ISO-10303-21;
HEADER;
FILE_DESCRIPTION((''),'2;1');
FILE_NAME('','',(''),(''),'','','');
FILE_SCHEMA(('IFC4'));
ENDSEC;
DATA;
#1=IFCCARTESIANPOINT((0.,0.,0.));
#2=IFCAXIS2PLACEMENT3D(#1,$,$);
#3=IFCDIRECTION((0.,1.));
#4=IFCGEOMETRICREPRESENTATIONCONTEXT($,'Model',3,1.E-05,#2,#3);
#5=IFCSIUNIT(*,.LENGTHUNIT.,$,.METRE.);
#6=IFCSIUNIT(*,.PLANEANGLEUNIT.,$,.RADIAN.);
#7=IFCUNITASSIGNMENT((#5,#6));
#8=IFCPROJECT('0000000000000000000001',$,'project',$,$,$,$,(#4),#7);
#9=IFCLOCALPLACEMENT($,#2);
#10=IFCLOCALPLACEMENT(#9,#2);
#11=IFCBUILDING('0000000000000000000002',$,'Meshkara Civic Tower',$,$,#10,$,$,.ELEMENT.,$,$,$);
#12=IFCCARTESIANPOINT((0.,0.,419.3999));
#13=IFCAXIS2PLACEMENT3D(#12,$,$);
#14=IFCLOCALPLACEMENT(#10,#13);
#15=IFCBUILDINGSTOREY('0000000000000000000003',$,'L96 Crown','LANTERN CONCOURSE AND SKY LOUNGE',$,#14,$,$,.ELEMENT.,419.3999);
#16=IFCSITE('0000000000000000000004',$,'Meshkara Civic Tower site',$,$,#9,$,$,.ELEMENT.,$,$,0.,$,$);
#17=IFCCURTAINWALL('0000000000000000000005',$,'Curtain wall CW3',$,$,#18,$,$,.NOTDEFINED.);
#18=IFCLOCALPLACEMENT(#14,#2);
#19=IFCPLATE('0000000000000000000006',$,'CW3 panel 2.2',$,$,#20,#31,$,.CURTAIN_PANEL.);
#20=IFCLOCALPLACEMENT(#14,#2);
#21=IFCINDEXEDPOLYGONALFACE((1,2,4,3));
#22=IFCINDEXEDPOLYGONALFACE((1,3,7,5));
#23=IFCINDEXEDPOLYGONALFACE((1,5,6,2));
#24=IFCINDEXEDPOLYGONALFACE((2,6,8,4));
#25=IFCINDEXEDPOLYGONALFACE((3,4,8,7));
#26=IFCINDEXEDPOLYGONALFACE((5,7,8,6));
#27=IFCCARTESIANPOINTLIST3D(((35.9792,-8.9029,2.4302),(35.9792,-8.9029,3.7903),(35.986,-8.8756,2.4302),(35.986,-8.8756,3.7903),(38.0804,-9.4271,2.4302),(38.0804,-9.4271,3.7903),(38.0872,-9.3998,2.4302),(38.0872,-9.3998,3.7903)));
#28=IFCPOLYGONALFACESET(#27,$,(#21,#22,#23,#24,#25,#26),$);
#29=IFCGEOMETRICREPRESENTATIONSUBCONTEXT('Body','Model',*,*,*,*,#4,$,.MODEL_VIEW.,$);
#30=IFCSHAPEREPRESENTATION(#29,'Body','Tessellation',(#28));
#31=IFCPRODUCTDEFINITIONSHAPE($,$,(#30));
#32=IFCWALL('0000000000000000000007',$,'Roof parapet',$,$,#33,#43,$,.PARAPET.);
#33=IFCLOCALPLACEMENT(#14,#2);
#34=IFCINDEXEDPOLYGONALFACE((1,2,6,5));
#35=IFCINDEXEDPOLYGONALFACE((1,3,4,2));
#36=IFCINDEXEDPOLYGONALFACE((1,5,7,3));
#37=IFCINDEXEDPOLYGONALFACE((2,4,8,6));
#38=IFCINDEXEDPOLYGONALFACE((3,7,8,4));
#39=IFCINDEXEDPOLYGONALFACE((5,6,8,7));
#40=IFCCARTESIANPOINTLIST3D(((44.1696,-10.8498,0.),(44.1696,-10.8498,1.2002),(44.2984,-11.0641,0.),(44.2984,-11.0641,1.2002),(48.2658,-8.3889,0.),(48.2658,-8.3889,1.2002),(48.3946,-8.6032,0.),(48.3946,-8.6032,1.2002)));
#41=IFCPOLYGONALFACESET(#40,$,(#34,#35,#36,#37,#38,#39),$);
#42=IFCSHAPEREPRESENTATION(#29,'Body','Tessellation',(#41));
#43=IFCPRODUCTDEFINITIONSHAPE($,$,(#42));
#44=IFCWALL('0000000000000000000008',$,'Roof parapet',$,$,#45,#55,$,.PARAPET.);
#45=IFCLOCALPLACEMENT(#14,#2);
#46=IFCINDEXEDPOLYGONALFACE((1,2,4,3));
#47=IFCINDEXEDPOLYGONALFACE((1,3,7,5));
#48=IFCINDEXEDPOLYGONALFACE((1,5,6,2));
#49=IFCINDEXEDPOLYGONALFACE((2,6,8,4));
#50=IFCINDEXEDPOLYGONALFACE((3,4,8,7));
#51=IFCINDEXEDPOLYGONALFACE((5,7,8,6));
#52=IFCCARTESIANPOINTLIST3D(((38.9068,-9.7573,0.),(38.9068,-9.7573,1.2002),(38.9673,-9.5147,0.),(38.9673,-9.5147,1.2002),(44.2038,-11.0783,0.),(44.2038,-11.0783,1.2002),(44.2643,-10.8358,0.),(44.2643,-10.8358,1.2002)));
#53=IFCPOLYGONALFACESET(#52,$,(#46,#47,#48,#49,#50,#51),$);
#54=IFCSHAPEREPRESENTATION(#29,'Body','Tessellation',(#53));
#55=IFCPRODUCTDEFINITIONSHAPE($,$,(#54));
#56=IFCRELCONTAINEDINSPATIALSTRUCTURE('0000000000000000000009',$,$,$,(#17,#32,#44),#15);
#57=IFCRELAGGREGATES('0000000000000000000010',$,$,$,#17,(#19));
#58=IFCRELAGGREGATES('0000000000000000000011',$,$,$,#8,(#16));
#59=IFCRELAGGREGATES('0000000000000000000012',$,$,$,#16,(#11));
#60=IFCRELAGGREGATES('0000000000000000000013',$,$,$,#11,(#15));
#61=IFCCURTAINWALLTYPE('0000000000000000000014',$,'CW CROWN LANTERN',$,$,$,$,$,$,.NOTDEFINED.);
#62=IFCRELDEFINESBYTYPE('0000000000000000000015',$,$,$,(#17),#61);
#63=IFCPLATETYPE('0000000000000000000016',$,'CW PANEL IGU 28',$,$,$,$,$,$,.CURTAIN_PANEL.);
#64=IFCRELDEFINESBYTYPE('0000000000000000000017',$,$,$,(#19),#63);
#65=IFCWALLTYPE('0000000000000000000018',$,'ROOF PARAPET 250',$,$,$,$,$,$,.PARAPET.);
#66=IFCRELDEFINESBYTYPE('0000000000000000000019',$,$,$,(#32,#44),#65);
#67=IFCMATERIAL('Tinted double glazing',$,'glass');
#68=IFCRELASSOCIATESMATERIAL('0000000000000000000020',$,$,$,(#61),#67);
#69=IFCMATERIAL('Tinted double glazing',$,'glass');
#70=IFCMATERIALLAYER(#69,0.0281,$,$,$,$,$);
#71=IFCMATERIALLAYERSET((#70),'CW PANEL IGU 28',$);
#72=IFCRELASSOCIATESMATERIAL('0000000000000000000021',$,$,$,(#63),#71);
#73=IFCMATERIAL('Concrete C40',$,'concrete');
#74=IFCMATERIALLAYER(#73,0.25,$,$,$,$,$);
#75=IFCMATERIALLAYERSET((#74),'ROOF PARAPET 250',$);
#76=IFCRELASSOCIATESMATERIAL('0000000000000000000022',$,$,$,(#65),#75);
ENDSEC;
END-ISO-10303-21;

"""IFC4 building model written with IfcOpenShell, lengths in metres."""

from ifc_helpers import new_model, si_unit, direction, frame, frame_2d, origin, origin_2d, place, context, subcontext, project, spatial, rectangle, extrude, material, layer, layer_set, type_object, element, aggregate, save


model = new_model("IFC4")

# Units and contexts
model_context = context("Model", 3, precision=1e-05, world=origin(), true_north=direction((0.0, 1.0)))
body_context = subcontext(model_context, "Body", "Model", "MODEL_VIEW")
ifc_project = project(units=[si_unit("LENGTHUNIT", "METRE"), si_unit("PLANEANGLEUNIT", "RADIAN")], contexts=[model_context])

# Site, building, storey
site_placement = place(None, origin())
site = spatial("IfcSite", under=ifc_project, at=site_placement, Name="Meshkara Civic Tower site", CompositionType="ELEMENT", RefElevation=0.0)
building_placement = place(site_placement, origin())
building = spatial("IfcBuilding", under=site, at=building_placement, Name="Meshkara Civic Tower", CompositionType="ELEMENT")
storey_placement = place(building_placement, frame((0.0, 0.0, 419.3999)))
storey = spatial("IfcBuildingStorey", under=building, at=storey_placement, Name="L96 Crown", Description="LANTERN CONCOURSE AND SKY LOUNGE", CompositionType="ELEMENT", Elevation=419.3999)

# Curtain wall
ifc_material_1 = material(Name="Tinted double glazing", Category="glass")
curtain_wall_type = type_object("IfcCurtainWallType", Name="CW CROWN LANTERN", PredefinedType="NOTDEFINED", material=ifc_material_1)
curtain_wall_placement = place(storey_placement, origin())
curtain_wall = element("IfcCurtainWall", 1, at=curtain_wall_placement, inside=storey, type_object=curtain_wall_type, Name="Curtain wall CW3", PredefinedType="NOTDEFINED")

# Plate
ifc_material_2 = material(Name="Tinted double glazing", Category="glass")
ifc_layer_1 = layer(ifc_material_2, 0.0281)
ifc_layer_set_1 = layer_set([ifc_layer_1], Name="CW PANEL IGU 28")
plate_type = type_object("IfcPlateType", Name="CW PANEL IGU 28", PredefinedType="CURTAIN_PANEL", material=ifc_layer_set_1)
plate_1_placement = place(storey_placement, frame((37.0332, -9.1514, 2.4302), z_axis=(0.0, 0.0, 1.0), x_axis=(0.97026, -0.242066, 0.0)))
plate_1 = element("IfcPlate", 2, at=plate_1_placement, type_object=plate_type, Name="CW3 panel 2.2", PredefinedType="CURTAIN_PANEL", context=body_context, shape_type="SweptSolid", body=[
    extrude(rectangle(XDim=2.1655, YDim=0.0281, at=origin_2d()), origin(), (0.0, 0.0, 1.0), 1.3601),
])
aggregate(curtain_wall, [plate_1])

# Walls
ifc_material_3 = material(Name="Concrete C40", Category="concrete")
ifc_layer_2 = layer(ifc_material_3, 0.25)
ifc_layer_set_2 = layer_set([ifc_layer_2], Name="ROOF PARAPET 250")
wall_type_1 = type_object("IfcWallType", Name="ROOF PARAPET 250", PredefinedType="PARAPET", material=ifc_layer_set_2)
wall_1_placement = place(storey_placement, frame((48.3301, -8.4961, 0.0), z_axis=(0.0, 0.0, 1.0), x_axis=(-0.857195, -0.514992, 0.0)))
element("IfcWall", 3, at=wall_1_placement, inside=storey, type_object=wall_type_1, Name="Roof parapet", PredefinedType="PARAPET", context=body_context, shape_type="SweptSolid", body=[
    extrude(rectangle(XDim=4.7786, YDim=0.25, at=frame_2d((2.3892, 0.0))), origin(), (0.0, 0.0, 1.0), 1.2002),
])
wall_2_placement = place(storey_placement, frame((44.2339, -10.957, 0.0), z_axis=(0.0, 0.0, 1.0), x_axis=(-0.970279, 0.241988, 0.0)))
element("IfcWall", 4, at=wall_2_placement, inside=storey, type_object=wall_type_1, Name="Roof parapet", PredefinedType="PARAPET", context=body_context, shape_type="SweptSolid", body=[
    extrude(rectangle(XDim=5.4592, YDim=0.25, at=frame_2d((2.7295, 0.0))), origin(), (0.0, 0.0, 1.0), 1.2002),
])

save(model, "model.ifc")
